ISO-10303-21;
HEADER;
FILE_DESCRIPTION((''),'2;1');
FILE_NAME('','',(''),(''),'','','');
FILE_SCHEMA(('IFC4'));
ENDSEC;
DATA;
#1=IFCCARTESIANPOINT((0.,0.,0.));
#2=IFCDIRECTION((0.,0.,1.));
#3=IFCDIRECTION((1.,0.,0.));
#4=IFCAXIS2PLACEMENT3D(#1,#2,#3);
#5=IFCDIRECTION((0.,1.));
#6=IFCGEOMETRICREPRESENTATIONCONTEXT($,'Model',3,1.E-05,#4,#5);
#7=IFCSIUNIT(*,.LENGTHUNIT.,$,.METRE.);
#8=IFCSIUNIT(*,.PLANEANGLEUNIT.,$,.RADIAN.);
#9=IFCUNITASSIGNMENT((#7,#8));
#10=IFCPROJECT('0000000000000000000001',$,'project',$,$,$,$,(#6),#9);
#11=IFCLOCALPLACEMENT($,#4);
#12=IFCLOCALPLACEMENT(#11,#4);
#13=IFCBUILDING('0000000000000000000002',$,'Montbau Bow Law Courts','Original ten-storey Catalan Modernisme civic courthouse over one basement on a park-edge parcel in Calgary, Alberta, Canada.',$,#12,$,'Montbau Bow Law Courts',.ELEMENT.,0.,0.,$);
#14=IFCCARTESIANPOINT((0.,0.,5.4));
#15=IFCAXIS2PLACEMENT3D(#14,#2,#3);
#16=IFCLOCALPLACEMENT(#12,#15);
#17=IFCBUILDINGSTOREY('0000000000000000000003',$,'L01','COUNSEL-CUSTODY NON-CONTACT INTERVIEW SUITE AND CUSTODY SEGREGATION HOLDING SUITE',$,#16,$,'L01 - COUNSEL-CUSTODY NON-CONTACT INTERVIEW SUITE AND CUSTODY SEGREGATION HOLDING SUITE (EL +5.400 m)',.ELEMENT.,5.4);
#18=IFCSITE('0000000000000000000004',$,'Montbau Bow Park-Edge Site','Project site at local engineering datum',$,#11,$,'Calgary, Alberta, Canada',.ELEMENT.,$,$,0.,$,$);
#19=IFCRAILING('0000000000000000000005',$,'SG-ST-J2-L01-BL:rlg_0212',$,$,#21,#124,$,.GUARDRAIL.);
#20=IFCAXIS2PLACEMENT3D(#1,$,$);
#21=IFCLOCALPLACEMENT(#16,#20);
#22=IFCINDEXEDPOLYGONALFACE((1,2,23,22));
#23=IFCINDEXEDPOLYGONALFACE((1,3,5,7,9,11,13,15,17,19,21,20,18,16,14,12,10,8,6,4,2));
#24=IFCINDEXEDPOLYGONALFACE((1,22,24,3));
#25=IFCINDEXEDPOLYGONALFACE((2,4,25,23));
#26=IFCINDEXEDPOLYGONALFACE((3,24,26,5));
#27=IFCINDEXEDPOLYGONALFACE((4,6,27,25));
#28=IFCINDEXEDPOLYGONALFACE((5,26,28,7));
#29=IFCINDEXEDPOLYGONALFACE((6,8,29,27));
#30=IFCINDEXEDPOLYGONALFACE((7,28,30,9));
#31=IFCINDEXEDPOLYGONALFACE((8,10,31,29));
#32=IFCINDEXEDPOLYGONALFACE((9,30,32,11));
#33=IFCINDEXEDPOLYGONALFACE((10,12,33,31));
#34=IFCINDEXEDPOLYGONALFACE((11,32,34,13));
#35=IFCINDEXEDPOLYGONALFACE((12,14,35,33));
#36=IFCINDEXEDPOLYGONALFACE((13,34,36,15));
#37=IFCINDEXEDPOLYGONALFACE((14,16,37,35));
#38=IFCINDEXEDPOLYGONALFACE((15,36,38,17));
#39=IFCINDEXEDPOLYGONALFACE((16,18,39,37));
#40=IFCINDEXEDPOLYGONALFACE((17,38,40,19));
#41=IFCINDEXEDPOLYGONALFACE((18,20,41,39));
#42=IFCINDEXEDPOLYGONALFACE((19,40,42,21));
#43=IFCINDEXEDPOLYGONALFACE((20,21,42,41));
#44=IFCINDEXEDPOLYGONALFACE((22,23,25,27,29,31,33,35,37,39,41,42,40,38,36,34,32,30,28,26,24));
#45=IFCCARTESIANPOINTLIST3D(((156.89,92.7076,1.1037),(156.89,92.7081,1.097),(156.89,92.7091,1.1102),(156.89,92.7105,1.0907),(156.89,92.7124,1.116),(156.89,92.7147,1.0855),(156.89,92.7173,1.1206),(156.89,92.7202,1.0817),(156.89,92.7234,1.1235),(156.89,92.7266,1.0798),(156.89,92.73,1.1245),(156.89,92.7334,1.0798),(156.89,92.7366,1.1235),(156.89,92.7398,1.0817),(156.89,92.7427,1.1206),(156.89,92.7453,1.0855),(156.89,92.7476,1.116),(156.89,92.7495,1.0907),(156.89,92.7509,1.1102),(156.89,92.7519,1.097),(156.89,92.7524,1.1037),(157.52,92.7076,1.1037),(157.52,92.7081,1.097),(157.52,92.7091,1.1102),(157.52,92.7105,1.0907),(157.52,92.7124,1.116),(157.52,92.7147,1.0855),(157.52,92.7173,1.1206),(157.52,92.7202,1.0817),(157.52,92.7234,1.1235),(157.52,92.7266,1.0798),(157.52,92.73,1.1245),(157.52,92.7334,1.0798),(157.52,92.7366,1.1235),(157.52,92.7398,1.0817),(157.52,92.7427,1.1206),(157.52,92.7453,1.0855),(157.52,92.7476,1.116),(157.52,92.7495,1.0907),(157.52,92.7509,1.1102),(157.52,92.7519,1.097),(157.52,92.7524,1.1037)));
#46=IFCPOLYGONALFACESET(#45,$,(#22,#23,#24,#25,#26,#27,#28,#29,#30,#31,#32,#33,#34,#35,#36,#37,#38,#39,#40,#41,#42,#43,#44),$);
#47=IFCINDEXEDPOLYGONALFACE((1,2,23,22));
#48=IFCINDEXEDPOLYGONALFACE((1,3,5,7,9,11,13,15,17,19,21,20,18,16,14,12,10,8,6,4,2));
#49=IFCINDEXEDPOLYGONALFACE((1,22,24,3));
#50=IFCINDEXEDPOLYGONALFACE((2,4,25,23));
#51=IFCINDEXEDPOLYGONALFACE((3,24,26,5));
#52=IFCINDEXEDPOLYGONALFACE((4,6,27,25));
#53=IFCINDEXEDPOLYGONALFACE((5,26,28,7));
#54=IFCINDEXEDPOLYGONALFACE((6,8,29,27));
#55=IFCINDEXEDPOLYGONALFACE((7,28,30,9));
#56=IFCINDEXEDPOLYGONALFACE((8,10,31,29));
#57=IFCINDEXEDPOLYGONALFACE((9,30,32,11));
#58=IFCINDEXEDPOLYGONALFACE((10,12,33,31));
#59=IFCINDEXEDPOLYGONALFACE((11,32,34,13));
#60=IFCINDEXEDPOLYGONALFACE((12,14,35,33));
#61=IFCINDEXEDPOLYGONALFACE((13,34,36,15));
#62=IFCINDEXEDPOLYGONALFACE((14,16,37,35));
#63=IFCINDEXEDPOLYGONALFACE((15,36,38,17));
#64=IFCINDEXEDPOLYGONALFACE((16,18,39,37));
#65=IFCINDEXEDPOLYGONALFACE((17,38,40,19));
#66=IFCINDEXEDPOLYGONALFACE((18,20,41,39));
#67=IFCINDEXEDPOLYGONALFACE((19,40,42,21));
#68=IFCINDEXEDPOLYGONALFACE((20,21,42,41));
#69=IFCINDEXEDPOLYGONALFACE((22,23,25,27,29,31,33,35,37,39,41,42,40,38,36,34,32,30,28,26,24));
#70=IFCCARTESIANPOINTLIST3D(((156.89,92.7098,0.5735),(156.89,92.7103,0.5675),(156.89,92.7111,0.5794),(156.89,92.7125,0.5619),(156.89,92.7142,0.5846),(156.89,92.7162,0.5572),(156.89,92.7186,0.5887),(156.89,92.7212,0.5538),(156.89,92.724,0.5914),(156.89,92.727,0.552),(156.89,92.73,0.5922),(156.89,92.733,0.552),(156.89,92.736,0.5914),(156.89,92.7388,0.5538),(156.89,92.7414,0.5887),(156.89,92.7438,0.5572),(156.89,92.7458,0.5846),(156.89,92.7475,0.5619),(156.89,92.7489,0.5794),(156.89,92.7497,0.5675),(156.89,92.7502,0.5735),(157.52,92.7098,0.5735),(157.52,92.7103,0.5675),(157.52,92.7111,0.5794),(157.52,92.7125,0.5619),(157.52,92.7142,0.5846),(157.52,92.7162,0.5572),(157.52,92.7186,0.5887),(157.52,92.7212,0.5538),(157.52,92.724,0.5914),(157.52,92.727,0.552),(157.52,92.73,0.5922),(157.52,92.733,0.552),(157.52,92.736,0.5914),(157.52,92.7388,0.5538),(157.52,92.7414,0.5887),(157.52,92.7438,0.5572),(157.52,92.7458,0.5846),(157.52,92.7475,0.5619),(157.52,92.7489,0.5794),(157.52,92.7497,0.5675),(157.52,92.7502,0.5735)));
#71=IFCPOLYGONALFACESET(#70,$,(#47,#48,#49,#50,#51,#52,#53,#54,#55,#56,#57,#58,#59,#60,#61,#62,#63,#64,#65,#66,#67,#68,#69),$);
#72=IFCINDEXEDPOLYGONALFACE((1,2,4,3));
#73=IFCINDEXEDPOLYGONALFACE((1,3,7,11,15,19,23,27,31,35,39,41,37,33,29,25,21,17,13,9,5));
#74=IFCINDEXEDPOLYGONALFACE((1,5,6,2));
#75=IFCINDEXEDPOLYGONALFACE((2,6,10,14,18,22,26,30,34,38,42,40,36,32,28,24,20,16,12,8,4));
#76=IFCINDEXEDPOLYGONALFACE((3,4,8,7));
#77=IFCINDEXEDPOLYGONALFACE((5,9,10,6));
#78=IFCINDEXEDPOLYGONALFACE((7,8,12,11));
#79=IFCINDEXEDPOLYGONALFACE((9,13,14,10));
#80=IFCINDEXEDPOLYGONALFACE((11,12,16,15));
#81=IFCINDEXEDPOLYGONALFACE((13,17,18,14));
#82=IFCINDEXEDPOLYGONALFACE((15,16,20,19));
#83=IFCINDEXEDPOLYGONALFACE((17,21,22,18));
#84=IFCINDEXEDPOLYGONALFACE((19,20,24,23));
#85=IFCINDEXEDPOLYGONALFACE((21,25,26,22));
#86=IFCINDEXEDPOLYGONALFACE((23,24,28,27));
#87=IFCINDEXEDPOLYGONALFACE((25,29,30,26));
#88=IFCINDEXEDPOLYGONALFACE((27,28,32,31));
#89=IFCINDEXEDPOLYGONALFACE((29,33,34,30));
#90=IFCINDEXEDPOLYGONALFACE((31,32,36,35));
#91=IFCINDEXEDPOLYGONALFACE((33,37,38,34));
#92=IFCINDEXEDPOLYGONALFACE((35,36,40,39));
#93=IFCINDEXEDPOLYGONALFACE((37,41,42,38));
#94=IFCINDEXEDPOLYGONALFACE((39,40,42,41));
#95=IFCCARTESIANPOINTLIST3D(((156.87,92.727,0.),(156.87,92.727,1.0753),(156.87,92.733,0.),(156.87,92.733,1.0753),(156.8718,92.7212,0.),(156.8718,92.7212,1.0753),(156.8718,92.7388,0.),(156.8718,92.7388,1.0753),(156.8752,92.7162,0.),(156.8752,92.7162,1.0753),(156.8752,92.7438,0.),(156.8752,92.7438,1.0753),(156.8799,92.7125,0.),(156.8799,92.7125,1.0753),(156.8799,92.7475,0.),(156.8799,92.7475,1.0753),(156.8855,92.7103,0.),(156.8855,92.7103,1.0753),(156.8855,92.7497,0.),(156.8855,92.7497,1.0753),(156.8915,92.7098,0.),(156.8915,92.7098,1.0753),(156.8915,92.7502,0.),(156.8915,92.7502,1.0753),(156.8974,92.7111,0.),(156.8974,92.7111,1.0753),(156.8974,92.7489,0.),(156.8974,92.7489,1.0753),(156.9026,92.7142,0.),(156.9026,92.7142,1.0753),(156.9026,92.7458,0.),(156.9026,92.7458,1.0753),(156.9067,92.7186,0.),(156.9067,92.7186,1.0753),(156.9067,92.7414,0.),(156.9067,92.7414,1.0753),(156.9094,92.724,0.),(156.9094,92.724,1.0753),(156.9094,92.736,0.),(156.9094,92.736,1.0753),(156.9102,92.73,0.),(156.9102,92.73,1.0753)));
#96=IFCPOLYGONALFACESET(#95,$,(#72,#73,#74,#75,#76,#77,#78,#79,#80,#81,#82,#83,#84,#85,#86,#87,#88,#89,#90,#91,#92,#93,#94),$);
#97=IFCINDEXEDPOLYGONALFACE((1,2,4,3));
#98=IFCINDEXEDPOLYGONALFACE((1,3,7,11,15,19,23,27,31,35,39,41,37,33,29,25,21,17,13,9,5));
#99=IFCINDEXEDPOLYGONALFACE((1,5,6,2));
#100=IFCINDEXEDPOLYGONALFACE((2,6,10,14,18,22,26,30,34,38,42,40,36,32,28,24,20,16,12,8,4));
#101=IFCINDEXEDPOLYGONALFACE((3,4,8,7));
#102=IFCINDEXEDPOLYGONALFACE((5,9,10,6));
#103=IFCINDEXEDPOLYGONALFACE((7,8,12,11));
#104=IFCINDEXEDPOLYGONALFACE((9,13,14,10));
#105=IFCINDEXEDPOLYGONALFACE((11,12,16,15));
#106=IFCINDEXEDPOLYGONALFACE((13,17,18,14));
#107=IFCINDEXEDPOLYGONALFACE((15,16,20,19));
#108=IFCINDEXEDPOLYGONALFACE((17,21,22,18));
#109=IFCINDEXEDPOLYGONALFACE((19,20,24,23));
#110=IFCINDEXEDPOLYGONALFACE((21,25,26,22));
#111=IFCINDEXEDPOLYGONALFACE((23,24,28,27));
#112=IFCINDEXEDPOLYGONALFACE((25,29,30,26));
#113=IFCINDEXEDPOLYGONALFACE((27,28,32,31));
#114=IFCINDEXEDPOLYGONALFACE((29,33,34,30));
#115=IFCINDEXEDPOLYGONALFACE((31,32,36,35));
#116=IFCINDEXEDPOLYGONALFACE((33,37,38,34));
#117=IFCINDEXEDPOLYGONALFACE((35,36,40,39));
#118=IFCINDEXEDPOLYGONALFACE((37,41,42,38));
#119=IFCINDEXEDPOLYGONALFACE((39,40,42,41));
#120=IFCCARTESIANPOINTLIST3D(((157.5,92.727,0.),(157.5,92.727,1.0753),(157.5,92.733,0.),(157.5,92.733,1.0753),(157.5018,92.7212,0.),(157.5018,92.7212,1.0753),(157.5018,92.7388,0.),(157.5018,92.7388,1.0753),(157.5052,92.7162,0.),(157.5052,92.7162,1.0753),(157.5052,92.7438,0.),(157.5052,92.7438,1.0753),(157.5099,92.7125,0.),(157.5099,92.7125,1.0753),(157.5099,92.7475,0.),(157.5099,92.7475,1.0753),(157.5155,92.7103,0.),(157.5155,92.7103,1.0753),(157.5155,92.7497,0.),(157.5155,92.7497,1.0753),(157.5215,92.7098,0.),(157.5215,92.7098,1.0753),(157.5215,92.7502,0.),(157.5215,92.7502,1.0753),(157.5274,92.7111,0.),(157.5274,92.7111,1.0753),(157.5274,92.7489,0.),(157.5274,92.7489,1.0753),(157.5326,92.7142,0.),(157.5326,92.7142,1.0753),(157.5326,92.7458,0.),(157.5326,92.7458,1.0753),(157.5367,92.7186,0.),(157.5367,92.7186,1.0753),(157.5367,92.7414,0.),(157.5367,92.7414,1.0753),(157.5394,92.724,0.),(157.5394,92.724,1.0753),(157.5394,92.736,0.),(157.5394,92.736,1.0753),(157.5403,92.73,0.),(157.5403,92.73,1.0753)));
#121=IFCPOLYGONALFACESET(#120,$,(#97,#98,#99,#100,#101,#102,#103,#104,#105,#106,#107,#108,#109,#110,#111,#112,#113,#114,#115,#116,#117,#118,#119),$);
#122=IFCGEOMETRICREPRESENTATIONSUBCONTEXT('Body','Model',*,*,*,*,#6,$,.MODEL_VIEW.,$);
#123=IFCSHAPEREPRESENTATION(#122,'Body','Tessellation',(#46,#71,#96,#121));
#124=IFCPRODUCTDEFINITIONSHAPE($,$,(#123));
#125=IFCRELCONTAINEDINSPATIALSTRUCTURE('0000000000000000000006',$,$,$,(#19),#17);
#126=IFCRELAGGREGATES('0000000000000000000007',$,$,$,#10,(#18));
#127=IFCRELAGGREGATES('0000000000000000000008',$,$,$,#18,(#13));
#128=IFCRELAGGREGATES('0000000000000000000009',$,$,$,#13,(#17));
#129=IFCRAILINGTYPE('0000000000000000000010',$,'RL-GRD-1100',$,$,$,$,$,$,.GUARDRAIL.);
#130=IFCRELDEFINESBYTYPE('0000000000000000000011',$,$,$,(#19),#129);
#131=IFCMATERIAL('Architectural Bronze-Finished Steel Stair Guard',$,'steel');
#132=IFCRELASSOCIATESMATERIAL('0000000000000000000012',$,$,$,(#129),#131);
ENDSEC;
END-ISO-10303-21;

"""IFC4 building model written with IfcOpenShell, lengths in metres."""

from ifc_helpers import new_model, si_unit, direction, frame, origin_with_axes, origin_2d_with_axis, place, context, subcontext, project, spatial, circle, extrude, material, type_object, element, save


model = new_model("IFC4")

# Units and contexts
model_context = context("Model", 3, precision=1e-05, world=origin_with_axes(), true_north=direction((0.0, 1.0)))
body_context = subcontext(model_context, "Body", "Model", "MODEL_VIEW")
ifc_project = project(units=[si_unit("LENGTHUNIT", "METRE"), si_unit("PLANEANGLEUNIT", "RADIAN")], contexts=[model_context])

# Site, building, storey
site_placement = place(None, origin_with_axes())
site = spatial("IfcSite", under=ifc_project, at=site_placement, Name="Montbau Bow Park-Edge Site", Description="Project site at local engineering datum", LongName="Calgary, Alberta, Canada", CompositionType="ELEMENT", RefElevation=0.0)
building_placement = place(site_placement, origin_with_axes())
building = spatial("IfcBuilding", under=site, at=building_placement, Name="Montbau Bow Law Courts", Description="Original ten-storey Catalan Modernisme civic courthouse over one basement on a park-edge parcel in Calgary, Alberta, Canada.", LongName="Montbau Bow Law Courts", CompositionType="ELEMENT", ElevationOfRefHeight=0.0, ElevationOfTerrain=0.0)
storey_placement = place(building_placement, frame((0.0, 0.0, 5.4), z_axis=(0.0, 0.0, 1.0), x_axis=(1.0, 0.0, 0.0)))
storey = spatial("IfcBuildingStorey", under=building, at=storey_placement, Name="L01", Description="COUNSEL-CUSTODY NON-CONTACT INTERVIEW SUITE AND CUSTODY SEGREGATION HOLDING SUITE", LongName="L01 - COUNSEL-CUSTODY NON-CONTACT INTERVIEW SUITE AND CUSTODY SEGREGATION HOLDING SUITE (EL +5.400 m)", CompositionType="ELEMENT", Elevation=5.4)

# Railing
ifc_material_1 = material(Name="Architectural Bronze-Finished Steel Stair Guard", Category="steel")
railing_type_1 = type_object("IfcRailingType", Name="RL-GRD-1100", PredefinedType="GUARDRAIL", material=ifc_material_1)
railing_1_placement = place(None, origin_with_axes())
element("IfcRailing", 1, at=railing_1_placement, inside=storey, type_object=railing_type_1, Name="SG-ST-J2-L01-BL:rlg_0212", PredefinedType="GUARDRAIL", context=body_context, shape_type="SweptSolid", body=[
    extrude(circle(Radius=0.0225, at=origin_2d_with_axis()), frame((156.89, 92.73, 6.502), z_axis=(1.0, 0.0, 0.0), x_axis=(0.0, 0.0, 1.0)), (0.0, 0.0, 1.0), 0.63),
    extrude(circle(Radius=0.0203, at=origin_2d_with_axis()), frame((156.89, 92.73, 5.972), z_axis=(1.0, 0.0, 0.0), x_axis=(0.0, 0.0, 1.0)), (0.0, 0.0, 1.0), 0.63),
    extrude(circle(Radius=0.0203, at=origin_2d_with_axis()), frame((156.89, 92.73, 5.4), z_axis=(0.0, 0.0, 1.0), x_axis=(1.0, 0.0, 0.0)), (0.0, 0.0, 1.0), 1.0753),
    extrude(circle(Radius=0.0203, at=origin_2d_with_axis()), frame((157.52, 92.73, 5.4), z_axis=(0.0, 0.0, 1.0), x_axis=(1.0, 0.0, 0.0)), (0.0, 0.0, 1.0), 1.0753),
])

save(model, "model.ifc")
